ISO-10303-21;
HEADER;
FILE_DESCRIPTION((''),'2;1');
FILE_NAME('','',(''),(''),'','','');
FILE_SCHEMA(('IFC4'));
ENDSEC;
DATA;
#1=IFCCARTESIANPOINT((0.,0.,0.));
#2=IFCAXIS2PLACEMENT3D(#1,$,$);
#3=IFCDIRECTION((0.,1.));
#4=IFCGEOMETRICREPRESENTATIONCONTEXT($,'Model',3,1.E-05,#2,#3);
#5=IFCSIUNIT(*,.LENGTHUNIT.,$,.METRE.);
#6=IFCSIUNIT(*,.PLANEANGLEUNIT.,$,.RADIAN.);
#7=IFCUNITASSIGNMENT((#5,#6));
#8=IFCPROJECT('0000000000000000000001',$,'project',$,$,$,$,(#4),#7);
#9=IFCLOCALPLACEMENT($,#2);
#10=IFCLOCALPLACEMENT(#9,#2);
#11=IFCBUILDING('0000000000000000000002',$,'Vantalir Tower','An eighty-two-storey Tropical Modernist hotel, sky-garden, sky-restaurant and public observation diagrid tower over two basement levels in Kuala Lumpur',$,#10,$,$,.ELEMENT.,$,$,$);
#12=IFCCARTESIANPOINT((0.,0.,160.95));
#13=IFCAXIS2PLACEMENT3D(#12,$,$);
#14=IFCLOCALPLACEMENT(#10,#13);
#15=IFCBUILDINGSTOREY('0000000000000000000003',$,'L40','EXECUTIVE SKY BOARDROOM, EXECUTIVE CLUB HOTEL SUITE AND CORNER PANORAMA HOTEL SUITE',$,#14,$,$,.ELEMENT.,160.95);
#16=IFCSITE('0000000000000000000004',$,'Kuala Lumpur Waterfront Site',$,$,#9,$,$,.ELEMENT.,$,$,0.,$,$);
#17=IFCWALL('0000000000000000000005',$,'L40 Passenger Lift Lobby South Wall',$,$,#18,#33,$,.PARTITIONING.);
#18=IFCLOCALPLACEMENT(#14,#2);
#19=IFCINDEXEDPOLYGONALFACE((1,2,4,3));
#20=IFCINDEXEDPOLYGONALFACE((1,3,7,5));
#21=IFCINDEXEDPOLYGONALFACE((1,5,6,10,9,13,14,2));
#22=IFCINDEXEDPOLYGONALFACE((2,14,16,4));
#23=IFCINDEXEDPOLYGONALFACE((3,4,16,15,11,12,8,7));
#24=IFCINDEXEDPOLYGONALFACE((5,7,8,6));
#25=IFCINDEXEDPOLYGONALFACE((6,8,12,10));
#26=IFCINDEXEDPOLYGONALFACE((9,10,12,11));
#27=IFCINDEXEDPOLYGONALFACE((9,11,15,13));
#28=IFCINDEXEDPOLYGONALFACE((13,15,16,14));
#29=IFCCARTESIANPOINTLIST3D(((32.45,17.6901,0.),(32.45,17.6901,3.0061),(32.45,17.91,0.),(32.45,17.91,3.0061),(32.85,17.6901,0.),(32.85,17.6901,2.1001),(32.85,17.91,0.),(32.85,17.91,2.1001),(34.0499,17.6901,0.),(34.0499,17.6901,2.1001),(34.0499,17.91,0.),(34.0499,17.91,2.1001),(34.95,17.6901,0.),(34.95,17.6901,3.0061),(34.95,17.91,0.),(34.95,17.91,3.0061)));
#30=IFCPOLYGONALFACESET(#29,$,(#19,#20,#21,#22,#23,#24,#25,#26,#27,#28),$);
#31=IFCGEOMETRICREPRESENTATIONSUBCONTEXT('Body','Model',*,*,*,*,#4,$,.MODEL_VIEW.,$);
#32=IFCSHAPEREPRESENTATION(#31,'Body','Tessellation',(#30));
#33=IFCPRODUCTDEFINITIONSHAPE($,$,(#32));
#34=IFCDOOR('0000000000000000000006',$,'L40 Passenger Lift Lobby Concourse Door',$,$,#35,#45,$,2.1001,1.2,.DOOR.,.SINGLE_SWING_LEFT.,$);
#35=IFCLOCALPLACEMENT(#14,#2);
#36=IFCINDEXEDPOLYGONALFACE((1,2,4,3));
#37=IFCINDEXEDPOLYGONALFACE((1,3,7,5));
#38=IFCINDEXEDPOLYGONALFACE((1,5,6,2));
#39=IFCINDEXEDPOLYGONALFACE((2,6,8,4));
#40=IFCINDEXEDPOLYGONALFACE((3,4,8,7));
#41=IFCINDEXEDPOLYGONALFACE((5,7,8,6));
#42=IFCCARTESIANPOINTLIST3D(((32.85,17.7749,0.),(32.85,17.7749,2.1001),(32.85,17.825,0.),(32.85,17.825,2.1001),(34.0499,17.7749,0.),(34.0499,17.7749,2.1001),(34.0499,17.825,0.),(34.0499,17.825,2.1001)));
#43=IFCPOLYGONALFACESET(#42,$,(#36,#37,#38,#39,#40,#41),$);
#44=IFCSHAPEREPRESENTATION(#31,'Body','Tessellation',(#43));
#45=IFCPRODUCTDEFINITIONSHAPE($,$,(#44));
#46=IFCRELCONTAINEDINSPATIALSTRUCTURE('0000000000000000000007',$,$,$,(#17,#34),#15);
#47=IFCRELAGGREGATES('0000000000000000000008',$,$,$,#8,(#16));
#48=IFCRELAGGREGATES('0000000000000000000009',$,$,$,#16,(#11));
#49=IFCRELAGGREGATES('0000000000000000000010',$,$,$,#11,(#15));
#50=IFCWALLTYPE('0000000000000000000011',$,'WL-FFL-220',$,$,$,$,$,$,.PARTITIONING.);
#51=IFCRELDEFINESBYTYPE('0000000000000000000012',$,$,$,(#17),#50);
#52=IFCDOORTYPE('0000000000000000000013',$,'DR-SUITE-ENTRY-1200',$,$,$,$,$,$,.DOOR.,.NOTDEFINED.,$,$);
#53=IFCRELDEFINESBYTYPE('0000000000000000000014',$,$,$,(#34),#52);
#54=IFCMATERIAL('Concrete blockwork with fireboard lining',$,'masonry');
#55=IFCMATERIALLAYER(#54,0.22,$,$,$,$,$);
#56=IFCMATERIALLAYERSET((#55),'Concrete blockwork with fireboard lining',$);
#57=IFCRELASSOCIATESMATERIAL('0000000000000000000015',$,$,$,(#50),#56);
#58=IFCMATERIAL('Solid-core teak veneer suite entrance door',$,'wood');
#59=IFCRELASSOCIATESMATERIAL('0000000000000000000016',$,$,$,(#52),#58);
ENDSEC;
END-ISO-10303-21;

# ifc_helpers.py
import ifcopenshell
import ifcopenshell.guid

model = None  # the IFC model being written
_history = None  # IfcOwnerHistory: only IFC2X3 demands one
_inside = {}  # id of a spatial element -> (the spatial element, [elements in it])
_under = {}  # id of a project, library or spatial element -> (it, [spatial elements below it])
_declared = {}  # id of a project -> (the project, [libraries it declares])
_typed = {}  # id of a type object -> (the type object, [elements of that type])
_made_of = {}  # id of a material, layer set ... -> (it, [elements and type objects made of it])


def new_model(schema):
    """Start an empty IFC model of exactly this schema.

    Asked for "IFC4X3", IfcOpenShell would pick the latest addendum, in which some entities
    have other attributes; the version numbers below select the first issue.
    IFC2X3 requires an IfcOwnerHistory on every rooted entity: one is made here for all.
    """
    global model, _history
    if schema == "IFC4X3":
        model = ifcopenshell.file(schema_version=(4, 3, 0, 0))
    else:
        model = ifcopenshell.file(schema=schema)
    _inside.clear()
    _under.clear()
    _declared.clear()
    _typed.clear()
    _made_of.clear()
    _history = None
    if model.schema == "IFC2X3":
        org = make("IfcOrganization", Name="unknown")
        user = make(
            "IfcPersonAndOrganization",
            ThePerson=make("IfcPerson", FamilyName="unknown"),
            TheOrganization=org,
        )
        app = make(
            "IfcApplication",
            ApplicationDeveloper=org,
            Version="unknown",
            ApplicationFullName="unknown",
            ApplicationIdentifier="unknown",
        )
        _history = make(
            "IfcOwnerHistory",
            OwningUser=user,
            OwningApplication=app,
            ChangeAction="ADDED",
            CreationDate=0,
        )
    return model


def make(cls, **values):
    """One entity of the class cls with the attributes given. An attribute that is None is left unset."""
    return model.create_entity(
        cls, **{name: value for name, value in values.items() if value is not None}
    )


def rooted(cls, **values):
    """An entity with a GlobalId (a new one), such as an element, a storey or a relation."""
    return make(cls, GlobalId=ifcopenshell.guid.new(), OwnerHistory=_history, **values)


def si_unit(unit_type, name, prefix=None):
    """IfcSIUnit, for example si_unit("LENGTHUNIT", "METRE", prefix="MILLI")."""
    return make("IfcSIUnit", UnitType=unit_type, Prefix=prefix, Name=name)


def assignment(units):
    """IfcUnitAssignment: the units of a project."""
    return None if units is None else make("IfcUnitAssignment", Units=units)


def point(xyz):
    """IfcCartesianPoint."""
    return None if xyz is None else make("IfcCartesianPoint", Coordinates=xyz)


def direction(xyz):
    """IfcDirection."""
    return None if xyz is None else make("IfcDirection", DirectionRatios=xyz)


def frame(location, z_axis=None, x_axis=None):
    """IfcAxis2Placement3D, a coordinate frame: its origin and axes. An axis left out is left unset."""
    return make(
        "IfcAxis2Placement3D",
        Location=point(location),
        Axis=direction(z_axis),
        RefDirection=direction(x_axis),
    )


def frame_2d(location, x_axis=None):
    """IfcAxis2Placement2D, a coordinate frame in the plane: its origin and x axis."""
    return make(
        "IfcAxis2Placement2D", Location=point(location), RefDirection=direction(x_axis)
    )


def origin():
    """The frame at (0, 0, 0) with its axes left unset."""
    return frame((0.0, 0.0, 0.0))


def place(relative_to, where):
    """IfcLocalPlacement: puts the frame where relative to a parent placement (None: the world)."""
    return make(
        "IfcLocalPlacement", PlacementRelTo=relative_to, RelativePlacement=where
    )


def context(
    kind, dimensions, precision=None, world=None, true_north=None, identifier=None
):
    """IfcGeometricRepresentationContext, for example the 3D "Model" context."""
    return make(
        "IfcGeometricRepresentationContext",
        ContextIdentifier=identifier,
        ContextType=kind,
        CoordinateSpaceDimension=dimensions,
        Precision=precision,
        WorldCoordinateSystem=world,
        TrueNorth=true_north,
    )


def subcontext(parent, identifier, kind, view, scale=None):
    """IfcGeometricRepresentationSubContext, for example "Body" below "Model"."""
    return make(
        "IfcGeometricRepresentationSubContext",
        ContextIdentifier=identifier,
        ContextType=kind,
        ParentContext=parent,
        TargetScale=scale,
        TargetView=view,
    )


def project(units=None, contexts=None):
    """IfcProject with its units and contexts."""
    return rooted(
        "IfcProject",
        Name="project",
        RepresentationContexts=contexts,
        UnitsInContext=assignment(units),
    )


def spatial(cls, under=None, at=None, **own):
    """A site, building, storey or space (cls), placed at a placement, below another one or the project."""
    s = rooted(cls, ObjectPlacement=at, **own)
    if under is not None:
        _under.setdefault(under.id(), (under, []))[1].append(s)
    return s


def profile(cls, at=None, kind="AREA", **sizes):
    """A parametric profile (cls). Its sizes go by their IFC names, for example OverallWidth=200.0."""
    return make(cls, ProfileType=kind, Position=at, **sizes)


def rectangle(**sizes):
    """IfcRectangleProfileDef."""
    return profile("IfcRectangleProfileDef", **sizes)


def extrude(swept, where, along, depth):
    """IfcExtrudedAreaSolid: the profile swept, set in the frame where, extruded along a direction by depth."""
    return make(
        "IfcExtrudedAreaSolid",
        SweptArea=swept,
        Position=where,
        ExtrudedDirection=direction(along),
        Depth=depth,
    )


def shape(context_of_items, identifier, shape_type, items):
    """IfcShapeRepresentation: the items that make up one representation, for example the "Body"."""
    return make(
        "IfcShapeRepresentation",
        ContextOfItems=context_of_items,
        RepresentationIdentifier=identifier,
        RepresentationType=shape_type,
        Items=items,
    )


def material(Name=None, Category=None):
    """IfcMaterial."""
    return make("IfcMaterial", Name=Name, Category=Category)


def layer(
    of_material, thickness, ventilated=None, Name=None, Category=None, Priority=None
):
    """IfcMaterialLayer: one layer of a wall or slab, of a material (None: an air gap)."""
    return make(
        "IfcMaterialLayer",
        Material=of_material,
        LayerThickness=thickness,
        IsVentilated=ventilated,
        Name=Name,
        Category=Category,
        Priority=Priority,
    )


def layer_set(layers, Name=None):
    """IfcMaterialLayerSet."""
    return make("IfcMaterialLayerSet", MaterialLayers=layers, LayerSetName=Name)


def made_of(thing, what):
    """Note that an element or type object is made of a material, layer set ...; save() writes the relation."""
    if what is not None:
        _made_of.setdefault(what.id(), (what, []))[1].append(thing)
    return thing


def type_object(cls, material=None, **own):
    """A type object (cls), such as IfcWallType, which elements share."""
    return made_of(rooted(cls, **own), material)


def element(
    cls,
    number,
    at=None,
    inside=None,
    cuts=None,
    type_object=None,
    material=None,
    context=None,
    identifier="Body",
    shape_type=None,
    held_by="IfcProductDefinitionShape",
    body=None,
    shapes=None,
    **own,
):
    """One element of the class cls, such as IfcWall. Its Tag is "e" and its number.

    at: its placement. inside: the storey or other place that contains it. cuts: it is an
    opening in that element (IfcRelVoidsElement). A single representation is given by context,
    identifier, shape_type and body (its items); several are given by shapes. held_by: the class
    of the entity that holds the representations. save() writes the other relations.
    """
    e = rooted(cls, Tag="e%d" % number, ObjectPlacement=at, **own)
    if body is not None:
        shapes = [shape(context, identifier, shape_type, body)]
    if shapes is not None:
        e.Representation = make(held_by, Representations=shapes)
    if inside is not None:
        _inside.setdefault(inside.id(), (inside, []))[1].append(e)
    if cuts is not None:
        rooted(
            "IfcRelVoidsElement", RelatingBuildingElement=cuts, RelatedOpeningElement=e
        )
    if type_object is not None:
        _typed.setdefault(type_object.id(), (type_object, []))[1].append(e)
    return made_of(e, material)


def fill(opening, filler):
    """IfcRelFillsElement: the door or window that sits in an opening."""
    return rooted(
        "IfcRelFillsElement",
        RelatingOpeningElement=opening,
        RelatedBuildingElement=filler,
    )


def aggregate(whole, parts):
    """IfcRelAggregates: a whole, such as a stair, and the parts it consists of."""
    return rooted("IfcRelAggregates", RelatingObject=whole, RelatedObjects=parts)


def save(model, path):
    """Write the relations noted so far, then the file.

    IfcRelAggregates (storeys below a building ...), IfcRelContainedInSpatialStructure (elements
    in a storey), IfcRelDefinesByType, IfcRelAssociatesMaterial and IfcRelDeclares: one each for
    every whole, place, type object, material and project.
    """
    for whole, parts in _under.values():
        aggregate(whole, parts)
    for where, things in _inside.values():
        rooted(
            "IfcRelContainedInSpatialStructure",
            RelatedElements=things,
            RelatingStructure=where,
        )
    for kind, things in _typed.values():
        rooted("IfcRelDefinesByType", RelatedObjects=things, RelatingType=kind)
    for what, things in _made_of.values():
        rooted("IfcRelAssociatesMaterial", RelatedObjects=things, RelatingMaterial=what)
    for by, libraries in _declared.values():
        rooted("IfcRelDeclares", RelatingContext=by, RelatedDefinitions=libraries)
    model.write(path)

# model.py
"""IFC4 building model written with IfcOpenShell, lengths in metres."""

from ifc_helpers import new_model, si_unit, direction, frame, frame_2d, origin, place, context, subcontext, project, spatial, rectangle, extrude, material, layer, layer_set, type_object, element, fill, save


model = new_model("IFC4")

# Units and contexts
model_context = context("Model", 3, precision=1e-05, world=origin(), true_north=direction((0.0, 1.0)))
body_context = subcontext(model_context, "Body", "Model", "MODEL_VIEW")
ifc_project = project(units=[si_unit("LENGTHUNIT", "METRE"), si_unit("PLANEANGLEUNIT", "RADIAN")], contexts=[model_context])

# Site, building, storey
site_placement = place(None, origin())
site = spatial("IfcSite", under=ifc_project, at=site_placement, Name="Kuala Lumpur Waterfront Site", CompositionType="ELEMENT", RefElevation=0.0)
building_placement = place(site_placement, origin())
building = spatial("IfcBuilding", under=site, at=building_placement, Name="Vantalir Tower", Description="An eighty-two-storey Tropical Modernist hotel, sky-garden, sky-restaurant and public observation diagrid tower over two basement levels in Kuala Lumpur", CompositionType="ELEMENT")
storey_placement = place(building_placement, frame((0.0, 0.0, 160.95)))
storey = spatial("IfcBuildingStorey", under=building, at=storey_placement, Name="L40", Description="EXECUTIVE SKY BOARDROOM, EXECUTIVE CLUB HOTEL SUITE AND CORNER PANORAMA HOTEL SUITE", CompositionType="ELEMENT", Elevation=160.95)

# Wall, opening, door
ifc_material_1 = material(Name="Concrete blockwork with fireboard lining", Category="masonry")
ifc_layer_1 = layer(ifc_material_1, 0.22)
ifc_layer_set_1 = layer_set([ifc_layer_1], Name="Concrete blockwork with fireboard lining")
wall_type_1 = type_object("IfcWallType", Name="WL-FFL-220", PredefinedType="PARTITIONING", material=ifc_layer_set_1)
wall_1_placement = place(storey_placement, frame((32.45, 17.8, 0.0), z_axis=(0.0, 0.0, 1.0), x_axis=(1.0, 0.0, 0.0)))
wall_1 = element("IfcWall", 1, at=wall_1_placement, inside=storey, type_object=wall_type_1, Name="L40 Passenger Lift Lobby South Wall", PredefinedType="PARTITIONING", context=body_context, shape_type="SweptSolid", body=[
    extrude(rectangle(XDim=2.5, YDim=0.22, at=frame_2d((1.25, 0.0))), origin(), (0.0, 0.0, 1.0), 3.0061),
])
opening_placement = place(wall_1_placement, frame((0.3999, 0.0, 0.0)))
opening = element("IfcOpeningElement", 2, at=opening_placement, cuts=wall_1, PredefinedType="OPENING", context=body_context, shape_type="SweptSolid", body=[
    extrude(rectangle(XDim=1.2, YDim=2.1001, at=frame_2d((0.6001, 1.05))), frame((0.0, 0.1199, 0.0), z_axis=(0.0, -1.0, 0.0), x_axis=(1.0, 0.0, 0.0)), (0.0, 0.0, 1.0), 0.24),
])
ifc_material_2 = material(Name="Solid-core teak veneer suite entrance door", Category="wood")
door_type = type_object("IfcDoorType", Name="DR-SUITE-ENTRY-1200", OperationType="NOTDEFINED", PredefinedType="DOOR", material=ifc_material_2)
door_placement = place(opening_placement, origin())
door = element("IfcDoor", 3, at=door_placement, inside=storey, type_object=door_type, Name="L40 Passenger Lift Lobby Concourse Door", OperationType="SINGLE_SWING_LEFT", OverallHeight=2.1001, OverallWidth=1.2, PredefinedType="DOOR", context=body_context, shape_type="SweptSolid", body=[
    extrude(rectangle(XDim=1.2, YDim=2.1001, at=frame_2d((0.6001, 1.05))), frame((0.0, 0.0249, 0.0), z_axis=(0.0, -1.0, 0.0), x_axis=(1.0, 0.0, 0.0)), (0.0, 0.0, 1.0), 0.05),
])
fill(opening, door)

save(model, "model.ifc")
